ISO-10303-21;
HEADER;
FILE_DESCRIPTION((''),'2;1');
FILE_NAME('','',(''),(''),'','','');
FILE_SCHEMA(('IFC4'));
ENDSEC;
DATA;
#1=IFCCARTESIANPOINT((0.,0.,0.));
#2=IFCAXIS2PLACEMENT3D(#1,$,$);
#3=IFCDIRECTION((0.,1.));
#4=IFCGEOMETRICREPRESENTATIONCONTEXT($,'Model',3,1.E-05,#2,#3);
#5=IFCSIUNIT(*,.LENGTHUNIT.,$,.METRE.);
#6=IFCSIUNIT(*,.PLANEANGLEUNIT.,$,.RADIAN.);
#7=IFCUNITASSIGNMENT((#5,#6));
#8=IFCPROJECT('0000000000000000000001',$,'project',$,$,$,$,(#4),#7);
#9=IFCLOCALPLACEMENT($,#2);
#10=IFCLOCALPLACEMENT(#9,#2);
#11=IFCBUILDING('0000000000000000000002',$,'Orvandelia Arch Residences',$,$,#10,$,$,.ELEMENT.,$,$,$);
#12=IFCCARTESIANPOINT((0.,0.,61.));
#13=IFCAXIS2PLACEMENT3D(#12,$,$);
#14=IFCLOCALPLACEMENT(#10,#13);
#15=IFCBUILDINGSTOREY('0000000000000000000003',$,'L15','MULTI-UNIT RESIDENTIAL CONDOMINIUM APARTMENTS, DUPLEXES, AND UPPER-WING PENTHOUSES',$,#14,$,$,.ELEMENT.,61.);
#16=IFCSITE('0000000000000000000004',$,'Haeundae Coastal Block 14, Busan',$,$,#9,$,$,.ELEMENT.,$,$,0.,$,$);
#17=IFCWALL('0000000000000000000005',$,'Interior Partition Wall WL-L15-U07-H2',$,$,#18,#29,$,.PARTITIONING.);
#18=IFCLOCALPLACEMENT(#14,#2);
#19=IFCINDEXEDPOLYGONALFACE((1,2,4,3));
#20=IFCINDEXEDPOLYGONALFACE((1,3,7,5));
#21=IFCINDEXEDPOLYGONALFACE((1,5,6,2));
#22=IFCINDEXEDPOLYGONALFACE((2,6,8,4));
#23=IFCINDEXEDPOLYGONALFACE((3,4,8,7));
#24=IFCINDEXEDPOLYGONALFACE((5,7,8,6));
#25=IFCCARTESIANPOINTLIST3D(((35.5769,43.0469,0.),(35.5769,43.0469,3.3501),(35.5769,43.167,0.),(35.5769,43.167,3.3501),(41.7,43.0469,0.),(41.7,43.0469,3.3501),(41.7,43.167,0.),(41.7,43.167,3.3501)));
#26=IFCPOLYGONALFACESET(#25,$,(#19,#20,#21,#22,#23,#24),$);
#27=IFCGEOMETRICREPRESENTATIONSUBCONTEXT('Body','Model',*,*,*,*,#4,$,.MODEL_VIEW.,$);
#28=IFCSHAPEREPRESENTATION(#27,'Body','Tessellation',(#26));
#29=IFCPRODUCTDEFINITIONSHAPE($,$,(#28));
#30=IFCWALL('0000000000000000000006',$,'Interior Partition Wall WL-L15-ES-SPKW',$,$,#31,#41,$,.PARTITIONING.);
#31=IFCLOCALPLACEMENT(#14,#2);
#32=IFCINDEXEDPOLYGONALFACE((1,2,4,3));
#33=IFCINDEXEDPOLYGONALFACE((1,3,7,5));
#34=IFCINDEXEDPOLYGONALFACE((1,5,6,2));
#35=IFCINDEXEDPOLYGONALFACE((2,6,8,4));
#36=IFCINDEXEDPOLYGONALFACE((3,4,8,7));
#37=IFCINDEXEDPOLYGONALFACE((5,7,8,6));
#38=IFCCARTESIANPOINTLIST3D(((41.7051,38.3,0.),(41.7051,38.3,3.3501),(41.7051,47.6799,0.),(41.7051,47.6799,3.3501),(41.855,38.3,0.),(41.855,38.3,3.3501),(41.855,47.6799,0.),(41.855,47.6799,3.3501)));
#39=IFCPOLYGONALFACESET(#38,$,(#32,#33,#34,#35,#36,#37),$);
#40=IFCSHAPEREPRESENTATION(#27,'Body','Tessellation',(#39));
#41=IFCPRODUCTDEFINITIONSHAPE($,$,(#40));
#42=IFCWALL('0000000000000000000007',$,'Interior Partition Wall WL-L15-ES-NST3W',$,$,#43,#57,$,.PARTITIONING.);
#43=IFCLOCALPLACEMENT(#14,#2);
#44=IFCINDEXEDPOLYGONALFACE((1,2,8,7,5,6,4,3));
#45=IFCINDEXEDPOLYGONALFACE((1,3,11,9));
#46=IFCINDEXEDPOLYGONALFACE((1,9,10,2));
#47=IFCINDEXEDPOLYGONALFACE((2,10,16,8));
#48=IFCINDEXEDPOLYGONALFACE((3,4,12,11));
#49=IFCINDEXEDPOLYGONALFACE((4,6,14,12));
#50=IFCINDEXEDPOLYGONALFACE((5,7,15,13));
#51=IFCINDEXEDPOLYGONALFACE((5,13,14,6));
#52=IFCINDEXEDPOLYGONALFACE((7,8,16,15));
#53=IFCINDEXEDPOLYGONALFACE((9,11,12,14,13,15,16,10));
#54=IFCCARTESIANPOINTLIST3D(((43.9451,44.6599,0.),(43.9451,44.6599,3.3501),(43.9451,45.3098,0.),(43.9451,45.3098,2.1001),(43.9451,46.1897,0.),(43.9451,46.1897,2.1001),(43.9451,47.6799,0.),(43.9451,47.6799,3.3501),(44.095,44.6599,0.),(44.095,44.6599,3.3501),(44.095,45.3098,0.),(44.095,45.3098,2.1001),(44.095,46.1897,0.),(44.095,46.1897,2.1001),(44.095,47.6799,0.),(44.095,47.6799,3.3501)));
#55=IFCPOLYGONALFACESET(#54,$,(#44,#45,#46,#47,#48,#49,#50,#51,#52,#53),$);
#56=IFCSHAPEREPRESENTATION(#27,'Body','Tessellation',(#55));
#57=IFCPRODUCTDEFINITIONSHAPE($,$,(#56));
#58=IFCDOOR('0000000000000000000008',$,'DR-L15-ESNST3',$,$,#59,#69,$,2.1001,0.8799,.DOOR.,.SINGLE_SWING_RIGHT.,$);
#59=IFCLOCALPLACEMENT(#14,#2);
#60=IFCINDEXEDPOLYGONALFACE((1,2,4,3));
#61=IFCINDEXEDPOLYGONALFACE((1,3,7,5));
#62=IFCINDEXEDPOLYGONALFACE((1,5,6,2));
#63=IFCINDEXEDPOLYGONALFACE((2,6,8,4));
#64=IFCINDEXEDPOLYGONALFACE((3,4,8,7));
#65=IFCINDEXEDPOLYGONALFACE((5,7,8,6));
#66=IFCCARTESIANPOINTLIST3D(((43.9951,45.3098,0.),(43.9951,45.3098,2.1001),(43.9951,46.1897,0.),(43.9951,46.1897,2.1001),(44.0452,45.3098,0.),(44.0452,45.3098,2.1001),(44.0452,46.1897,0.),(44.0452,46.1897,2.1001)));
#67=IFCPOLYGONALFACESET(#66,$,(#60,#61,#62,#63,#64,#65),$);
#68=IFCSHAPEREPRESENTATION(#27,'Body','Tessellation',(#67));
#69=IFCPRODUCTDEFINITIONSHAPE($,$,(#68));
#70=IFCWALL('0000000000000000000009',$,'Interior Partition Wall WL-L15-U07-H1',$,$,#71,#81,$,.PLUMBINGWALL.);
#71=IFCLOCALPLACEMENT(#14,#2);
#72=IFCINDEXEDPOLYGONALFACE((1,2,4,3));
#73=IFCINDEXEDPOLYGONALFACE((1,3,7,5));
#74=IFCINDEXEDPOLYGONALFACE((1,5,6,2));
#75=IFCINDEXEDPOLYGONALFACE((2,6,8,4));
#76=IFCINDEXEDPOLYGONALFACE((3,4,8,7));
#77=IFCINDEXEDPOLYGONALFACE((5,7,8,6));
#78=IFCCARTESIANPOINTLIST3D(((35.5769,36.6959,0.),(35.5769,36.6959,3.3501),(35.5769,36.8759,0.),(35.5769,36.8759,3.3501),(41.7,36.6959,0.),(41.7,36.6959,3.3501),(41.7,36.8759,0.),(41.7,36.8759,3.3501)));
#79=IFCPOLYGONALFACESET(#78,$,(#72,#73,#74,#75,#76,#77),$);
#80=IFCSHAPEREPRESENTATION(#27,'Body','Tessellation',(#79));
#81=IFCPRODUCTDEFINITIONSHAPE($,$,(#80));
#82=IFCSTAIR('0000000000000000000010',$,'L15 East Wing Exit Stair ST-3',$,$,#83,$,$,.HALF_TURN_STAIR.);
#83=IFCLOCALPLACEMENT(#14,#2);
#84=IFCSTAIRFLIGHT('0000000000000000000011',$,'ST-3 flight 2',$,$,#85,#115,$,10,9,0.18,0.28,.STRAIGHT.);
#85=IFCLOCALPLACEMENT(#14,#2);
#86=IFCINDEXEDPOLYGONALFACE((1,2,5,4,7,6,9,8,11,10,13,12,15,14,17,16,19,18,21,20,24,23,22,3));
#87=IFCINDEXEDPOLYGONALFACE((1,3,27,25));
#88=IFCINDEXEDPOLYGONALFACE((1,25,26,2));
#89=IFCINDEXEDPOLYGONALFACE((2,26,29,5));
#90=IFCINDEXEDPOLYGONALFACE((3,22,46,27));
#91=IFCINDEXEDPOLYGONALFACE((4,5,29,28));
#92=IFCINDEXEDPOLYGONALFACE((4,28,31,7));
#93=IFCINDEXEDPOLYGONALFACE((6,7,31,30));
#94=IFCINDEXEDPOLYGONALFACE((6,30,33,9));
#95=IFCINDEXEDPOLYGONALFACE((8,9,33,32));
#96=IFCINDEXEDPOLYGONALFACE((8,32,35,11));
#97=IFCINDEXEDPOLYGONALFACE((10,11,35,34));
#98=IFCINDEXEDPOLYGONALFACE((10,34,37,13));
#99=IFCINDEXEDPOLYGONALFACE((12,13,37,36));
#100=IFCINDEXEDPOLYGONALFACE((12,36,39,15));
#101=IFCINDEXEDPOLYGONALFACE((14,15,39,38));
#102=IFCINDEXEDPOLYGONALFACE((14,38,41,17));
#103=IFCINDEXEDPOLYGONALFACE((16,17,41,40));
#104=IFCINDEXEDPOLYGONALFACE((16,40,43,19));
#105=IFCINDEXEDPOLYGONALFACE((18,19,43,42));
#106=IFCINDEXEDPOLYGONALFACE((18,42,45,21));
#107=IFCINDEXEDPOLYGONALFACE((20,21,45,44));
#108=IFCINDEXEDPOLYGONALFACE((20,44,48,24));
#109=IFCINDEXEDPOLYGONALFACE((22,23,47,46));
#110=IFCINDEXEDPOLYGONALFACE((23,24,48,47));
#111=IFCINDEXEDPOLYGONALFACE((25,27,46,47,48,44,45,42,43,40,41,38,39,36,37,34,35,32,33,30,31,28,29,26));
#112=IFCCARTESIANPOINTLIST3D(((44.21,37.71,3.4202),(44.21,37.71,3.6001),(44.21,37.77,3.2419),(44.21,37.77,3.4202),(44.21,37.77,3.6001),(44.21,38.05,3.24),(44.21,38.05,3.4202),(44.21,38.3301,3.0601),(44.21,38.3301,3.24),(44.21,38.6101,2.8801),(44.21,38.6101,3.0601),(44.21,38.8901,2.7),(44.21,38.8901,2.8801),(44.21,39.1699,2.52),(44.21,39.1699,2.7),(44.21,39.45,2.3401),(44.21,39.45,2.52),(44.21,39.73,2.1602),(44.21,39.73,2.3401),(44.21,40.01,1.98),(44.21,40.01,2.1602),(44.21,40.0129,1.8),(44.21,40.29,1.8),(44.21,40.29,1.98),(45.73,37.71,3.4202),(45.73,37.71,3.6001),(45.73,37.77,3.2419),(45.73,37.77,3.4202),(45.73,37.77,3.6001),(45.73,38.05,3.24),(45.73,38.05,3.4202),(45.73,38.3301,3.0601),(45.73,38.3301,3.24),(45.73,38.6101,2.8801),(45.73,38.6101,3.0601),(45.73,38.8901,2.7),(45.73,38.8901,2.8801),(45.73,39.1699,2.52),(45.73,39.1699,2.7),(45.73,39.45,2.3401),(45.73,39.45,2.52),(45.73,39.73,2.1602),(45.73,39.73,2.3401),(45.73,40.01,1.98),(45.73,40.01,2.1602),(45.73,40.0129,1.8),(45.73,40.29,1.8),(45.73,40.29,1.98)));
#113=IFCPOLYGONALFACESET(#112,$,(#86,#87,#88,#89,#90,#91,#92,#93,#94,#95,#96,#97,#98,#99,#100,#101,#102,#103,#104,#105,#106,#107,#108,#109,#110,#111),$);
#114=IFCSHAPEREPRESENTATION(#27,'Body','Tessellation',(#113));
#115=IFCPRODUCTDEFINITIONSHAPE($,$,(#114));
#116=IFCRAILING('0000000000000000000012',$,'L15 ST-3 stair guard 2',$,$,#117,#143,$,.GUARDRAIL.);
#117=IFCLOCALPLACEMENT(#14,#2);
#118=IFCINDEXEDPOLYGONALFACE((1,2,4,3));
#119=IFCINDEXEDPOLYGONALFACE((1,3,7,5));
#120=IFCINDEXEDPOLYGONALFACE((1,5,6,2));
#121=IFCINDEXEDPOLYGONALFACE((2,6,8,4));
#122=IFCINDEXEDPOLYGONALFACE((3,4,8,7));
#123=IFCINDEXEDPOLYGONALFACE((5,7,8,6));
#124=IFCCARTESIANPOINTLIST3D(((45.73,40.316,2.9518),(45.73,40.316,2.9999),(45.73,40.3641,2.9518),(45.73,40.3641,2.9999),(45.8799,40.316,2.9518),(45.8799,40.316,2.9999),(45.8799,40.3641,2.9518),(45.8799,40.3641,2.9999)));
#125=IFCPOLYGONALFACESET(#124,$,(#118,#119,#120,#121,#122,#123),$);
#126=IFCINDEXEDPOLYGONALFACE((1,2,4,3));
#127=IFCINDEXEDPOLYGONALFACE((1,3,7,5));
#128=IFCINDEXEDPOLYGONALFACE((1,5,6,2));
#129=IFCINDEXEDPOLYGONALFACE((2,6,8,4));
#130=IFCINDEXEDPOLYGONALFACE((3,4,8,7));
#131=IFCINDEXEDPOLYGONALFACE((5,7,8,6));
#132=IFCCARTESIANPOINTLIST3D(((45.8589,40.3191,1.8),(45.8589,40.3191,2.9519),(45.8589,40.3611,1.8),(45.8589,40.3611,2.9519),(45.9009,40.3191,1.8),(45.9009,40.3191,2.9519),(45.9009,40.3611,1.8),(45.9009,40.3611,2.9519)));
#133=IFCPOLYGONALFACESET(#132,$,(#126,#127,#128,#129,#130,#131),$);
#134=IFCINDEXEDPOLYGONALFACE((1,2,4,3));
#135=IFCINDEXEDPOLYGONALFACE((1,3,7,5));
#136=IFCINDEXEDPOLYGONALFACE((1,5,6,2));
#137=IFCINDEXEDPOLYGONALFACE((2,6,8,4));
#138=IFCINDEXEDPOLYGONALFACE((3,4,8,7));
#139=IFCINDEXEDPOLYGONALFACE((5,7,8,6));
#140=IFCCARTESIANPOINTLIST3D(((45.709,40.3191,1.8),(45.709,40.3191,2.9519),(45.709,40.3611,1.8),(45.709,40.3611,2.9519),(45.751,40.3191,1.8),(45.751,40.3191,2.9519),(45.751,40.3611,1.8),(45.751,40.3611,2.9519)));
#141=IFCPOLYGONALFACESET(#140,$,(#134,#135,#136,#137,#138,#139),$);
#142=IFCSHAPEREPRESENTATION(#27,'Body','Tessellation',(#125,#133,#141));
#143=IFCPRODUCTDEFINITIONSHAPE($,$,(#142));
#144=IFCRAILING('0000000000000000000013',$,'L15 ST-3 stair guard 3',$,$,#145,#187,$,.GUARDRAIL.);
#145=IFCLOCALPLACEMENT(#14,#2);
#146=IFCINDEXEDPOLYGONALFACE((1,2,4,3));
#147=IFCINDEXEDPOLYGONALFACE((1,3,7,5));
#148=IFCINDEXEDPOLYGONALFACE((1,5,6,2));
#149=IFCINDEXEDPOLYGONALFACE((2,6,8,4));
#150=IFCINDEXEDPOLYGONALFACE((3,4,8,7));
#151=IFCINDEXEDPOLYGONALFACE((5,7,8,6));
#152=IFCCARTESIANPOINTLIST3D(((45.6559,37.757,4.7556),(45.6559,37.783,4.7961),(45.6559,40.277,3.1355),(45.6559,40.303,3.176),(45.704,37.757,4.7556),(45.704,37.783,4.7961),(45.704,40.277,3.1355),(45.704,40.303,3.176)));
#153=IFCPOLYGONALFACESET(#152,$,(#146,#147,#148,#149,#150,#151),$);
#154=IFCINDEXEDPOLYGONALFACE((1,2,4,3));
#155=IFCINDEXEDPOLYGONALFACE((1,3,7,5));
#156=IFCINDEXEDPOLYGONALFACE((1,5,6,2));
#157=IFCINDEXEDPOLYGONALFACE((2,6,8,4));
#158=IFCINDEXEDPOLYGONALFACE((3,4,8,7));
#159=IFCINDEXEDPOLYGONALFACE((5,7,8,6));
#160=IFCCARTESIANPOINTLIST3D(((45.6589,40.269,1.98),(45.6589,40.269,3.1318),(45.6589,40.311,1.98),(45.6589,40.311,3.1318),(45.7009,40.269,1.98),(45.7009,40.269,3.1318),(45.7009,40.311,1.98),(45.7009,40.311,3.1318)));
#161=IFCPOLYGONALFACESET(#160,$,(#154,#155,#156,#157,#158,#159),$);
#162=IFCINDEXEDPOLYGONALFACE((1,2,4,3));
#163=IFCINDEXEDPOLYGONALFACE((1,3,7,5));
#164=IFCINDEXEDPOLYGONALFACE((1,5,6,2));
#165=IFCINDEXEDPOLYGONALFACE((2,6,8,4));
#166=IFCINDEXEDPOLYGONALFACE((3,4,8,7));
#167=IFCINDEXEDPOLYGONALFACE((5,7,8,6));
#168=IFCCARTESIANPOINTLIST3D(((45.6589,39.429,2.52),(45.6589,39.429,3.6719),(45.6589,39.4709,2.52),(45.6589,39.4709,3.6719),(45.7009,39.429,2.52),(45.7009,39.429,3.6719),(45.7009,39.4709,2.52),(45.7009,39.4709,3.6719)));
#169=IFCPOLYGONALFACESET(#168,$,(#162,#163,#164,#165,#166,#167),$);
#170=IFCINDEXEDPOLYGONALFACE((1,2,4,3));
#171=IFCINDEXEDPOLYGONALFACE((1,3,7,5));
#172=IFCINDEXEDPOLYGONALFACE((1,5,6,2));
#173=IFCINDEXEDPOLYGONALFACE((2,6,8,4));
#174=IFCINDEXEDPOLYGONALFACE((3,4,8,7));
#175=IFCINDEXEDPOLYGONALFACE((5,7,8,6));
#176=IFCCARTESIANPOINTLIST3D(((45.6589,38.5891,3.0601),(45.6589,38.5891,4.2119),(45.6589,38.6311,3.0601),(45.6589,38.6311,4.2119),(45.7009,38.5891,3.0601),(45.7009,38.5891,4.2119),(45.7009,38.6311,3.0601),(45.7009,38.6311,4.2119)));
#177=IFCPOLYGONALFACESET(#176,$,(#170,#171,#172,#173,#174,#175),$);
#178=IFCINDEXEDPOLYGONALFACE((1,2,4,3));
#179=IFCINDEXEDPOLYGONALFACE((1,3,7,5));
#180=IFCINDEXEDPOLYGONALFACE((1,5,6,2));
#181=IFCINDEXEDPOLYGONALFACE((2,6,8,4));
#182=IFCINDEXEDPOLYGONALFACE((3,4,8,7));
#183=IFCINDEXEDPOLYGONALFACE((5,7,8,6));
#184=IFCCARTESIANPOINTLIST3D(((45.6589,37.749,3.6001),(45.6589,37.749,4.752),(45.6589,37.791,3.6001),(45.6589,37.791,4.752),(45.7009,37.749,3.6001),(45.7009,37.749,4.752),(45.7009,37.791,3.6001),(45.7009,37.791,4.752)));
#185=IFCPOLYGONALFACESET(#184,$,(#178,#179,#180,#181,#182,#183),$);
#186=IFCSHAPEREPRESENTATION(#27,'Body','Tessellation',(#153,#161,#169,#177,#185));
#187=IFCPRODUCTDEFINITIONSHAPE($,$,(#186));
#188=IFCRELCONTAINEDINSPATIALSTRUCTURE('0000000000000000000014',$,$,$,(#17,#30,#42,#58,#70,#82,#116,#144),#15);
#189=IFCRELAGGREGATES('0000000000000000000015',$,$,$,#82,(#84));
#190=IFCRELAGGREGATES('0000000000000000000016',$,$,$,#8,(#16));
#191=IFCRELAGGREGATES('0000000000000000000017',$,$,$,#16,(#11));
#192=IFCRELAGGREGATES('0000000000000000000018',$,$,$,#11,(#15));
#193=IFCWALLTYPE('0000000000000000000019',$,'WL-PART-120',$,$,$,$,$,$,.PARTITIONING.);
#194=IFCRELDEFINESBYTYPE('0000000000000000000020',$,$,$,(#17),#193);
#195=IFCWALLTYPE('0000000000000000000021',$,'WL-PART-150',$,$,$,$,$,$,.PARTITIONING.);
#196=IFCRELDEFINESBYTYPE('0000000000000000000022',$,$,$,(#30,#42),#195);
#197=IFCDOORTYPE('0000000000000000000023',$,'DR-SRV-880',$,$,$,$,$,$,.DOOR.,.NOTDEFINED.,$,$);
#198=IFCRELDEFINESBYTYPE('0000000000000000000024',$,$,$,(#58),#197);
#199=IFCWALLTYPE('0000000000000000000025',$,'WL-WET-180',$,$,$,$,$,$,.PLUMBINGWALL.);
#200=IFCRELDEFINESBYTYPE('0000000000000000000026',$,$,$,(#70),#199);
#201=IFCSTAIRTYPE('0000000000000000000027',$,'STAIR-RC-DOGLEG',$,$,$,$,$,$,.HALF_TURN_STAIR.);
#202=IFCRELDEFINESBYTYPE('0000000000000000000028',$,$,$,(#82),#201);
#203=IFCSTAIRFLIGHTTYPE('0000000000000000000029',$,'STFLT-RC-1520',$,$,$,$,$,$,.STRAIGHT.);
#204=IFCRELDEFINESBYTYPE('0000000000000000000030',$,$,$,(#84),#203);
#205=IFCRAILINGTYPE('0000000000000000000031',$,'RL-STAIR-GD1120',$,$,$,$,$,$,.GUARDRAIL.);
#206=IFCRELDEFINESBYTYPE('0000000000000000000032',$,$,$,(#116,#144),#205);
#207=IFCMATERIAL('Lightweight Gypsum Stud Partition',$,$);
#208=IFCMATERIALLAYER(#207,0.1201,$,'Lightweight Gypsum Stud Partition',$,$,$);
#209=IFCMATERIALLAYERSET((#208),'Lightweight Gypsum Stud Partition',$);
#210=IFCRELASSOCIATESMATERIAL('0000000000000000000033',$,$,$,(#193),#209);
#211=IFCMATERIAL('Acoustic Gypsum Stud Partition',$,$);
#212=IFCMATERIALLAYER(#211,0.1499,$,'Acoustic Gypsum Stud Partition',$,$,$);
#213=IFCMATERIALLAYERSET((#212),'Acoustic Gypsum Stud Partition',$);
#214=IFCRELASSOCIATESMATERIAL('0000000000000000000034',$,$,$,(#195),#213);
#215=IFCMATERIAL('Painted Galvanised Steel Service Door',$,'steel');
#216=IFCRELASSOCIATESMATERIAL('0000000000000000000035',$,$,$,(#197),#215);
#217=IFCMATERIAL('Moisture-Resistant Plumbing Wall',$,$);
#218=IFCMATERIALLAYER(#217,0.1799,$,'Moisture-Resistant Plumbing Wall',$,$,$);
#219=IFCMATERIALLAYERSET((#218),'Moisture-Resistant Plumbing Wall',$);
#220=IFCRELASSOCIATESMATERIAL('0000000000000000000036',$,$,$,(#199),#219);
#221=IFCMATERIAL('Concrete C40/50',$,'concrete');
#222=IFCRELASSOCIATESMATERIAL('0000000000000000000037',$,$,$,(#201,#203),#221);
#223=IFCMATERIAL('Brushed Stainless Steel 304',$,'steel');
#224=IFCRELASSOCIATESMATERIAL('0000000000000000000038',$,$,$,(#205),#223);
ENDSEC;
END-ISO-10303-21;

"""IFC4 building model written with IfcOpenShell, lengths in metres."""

from ifc_helpers import new_model, si_unit, direction, frame, frame_2d, origin, origin_2d, place, context, subcontext, project, spatial, polyline, rectangle, outline, extrude, material, layer, layer_set, type_object, element, fill, aggregate, save


model = new_model("IFC4")

# Units and contexts
model_context = context("Model", 3, precision=1e-05, world=origin(), true_north=direction((0.0, 1.0)))
body_context = subcontext(model_context, "Body", "Model", "MODEL_VIEW")
ifc_project = project(units=[si_unit("LENGTHUNIT", "METRE"), si_unit("PLANEANGLEUNIT", "RADIAN")], contexts=[model_context])

# Site, building, storey
site_placement = place(None, origin())
site = spatial("IfcSite", under=ifc_project, at=site_placement, Name="Haeundae Coastal Block 14, Busan", CompositionType="ELEMENT", RefElevation=0.0)
building_placement = place(site_placement, origin())
building = spatial("IfcBuilding", under=site, at=building_placement, Name="Orvandelia Arch Residences", CompositionType="ELEMENT")
storey_placement = place(building_placement, frame((0.0, 0.0, 61.0)))
storey = spatial("IfcBuildingStorey", under=building, at=storey_placement, Name="L15", Description="MULTI-UNIT RESIDENTIAL CONDOMINIUM APARTMENTS, DUPLEXES, AND UPPER-WING PENTHOUSES", CompositionType="ELEMENT", Elevation=61.0)

# Walls
ifc_material_1 = material(Name="Lightweight Gypsum Stud Partition")
ifc_layer_1 = layer(ifc_material_1, 0.1201, Name="Lightweight Gypsum Stud Partition")
ifc_layer_set_1 = layer_set([ifc_layer_1], Name="Lightweight Gypsum Stud Partition")
wall_type_1 = type_object("IfcWallType", Name="WL-PART-120", PredefinedType="PARTITIONING", material=ifc_layer_set_1)
for number, where, z_axis, x_axis, name in (
    (1, (35.5769, 43.1069, 0.0), (0.0, 0.0, 1.0), (1.0, 0.0, 0.0), "Interior Partition Wall WL-L15-U07-H2"),
):
    element("IfcWall", number, at=place(storey_placement, frame(where, z_axis=z_axis, x_axis=x_axis)), inside=storey, type_object=wall_type_1, Name=name, PredefinedType="PARTITIONING", context=body_context, shape_type="SweptSolid", body=[
        extrude(rectangle(XDim=6.123, YDim=0.1201, at=frame_2d((3.0615, 0.0))), origin(), (0.0, 0.0, 1.0), 3.3501),
    ])
ifc_material_2 = material(Name="Acoustic Gypsum Stud Partition")
ifc_layer_2 = layer(ifc_material_2, 0.1499, Name="Acoustic Gypsum Stud Partition")
ifc_layer_set_2 = layer_set([ifc_layer_2], Name="Acoustic Gypsum Stud Partition")
wall_type_2 = type_object("IfcWallType", Name="WL-PART-150", PredefinedType="PARTITIONING", material=ifc_layer_set_2)
wall_1_placement = place(storey_placement, frame((41.78, 38.3, 0.0), z_axis=(0.0, 0.0, 1.0), x_axis=(0.0, 1.0, 0.0)))
element("IfcWall", 2, at=wall_1_placement, inside=storey, type_object=wall_type_2, Name="Interior Partition Wall WL-L15-ES-SPKW", PredefinedType="PARTITIONING", context=body_context, shape_type="SweptSolid", body=[
    extrude(rectangle(XDim=9.3799, YDim=0.1499, at=frame_2d((4.6899, 0.0))), origin(), (0.0, 0.0, 1.0), 3.3501),
])

# Wall, opening, door
wall_2_placement = place(storey_placement, frame((44.02, 44.6599, 0.0), z_axis=(0.0, 0.0, 1.0), x_axis=(0.0, 1.0, 0.0)))
wall_2 = element("IfcWall", 3, at=wall_2_placement, inside=storey, type_object=wall_type_2, Name="Interior Partition Wall WL-L15-ES-NST3W", PredefinedType="PARTITIONING", context=body_context, shape_type="SweptSolid", body=[
    extrude(rectangle(XDim=3.02, YDim=0.1499, at=frame_2d((1.51, 0.0))), origin(), (0.0, 0.0, 1.0), 3.3501),
])
opening_1_placement = place(wall_2_placement, frame((0.6499, 0.0, 0.0)))
opening_1 = element("IfcOpeningElement", 4, at=opening_1_placement, cuts=wall_2, PredefinedType="OPENING", context=body_context, shape_type="SweptSolid", body=[
    extrude(rectangle(XDim=0.8799, YDim=2.1001, at=frame_2d((0.4399, 1.05))), frame((0.0, 0.085, 0.0), z_axis=(0.0, -1.0, 0.0), x_axis=(1.0, 0.0, 0.0)), (0.0, 0.0, 1.0), 0.1699),
])
ifc_material_3 = material(Name="Painted Galvanised Steel Service Door", Category="steel")
door_type_1 = type_object("IfcDoorType", Name="DR-SRV-880", OperationType="NOTDEFINED", PredefinedType="DOOR", material=ifc_material_3)
door_1_placement = place(opening_1_placement, origin())
door_1 = element("IfcDoor", 5, at=door_1_placement, inside=storey, type_object=door_type_1, Name="DR-L15-ESNST3", OperationType="SINGLE_SWING_RIGHT", OverallHeight=2.1001, OverallWidth=0.8799, PredefinedType="DOOR", context=body_context, shape_type="SweptSolid", body=[
    extrude(rectangle(XDim=0.8799, YDim=2.1001, at=frame_2d((0.4399, 1.05))), frame((0.0, 0.0249, 0.0), z_axis=(0.0, -1.0, 0.0), x_axis=(1.0, 0.0, 0.0)), (0.0, 0.0, 1.0), 0.05),
])
fill(opening_1, door_1)

# Wall
ifc_material_4 = material(Name="Moisture-Resistant Plumbing Wall")
ifc_layer_3 = layer(ifc_material_4, 0.1799, Name="Moisture-Resistant Plumbing Wall")
ifc_layer_set_3 = layer_set([ifc_layer_3], Name="Moisture-Resistant Plumbing Wall")
wall_type_3 = type_object("IfcWallType", Name="WL-WET-180", PredefinedType="PLUMBINGWALL", material=ifc_layer_set_3)
wall_3_placement = place(storey_placement, frame((35.5769, 36.7859, 0.0), z_axis=(0.0, 0.0, 1.0), x_axis=(1.0, 0.0, 0.0)))
element("IfcWall", 6, at=wall_3_placement, inside=storey, type_object=wall_type_3, Name="Interior Partition Wall WL-L15-U07-H1", PredefinedType="PLUMBINGWALL", context=body_context, shape_type="SweptSolid", body=[
    extrude(rectangle(XDim=6.123, YDim=0.1799, at=frame_2d((3.0615, 0.0))), origin(), (0.0, 0.0, 1.0), 3.3501),
])

# Stair, stair flight
ifc_material_5 = material(Name="Concrete C40/50", Category="concrete")
stair_type = type_object("IfcStairType", Name="STAIR-RC-DOGLEG", PredefinedType="HALF_TURN_STAIR", material=ifc_material_5)
stair_placement = place(storey_placement, origin())
stair = element("IfcStair", 7, at=stair_placement, inside=storey, type_object=stair_type, Name="L15 East Wing Exit Stair ST-3", PredefinedType="HALF_TURN_STAIR")
stair_flight_type = type_object("IfcStairFlightType", Name="STFLT-RC-1520", PredefinedType="STRAIGHT", material=ifc_material_5)
stair_flight_placement = place(storey_placement, frame((44.97, 40.29, 1.8), z_axis=(0.0, 0.0, 1.0), x_axis=(0.0, -1.0, 0.0)))
stair_flight = element("IfcStairFlight", 8, at=stair_flight_placement, type_object=stair_flight_type, Name="ST-3 flight 2", NumberOfRisers=10, NumberOfTreads=9, PredefinedType="STRAIGHT", RiserHeight=0.18, TreadLength=0.28, context=body_context, shape_type="SweptSolid", body=[
    extrude(outline(polyline([(0.0, 0.0), (0.0, 0.1799), (0.28, 0.1799), (0.28, 0.3601), (0.5601, 0.3601), (0.5601, 0.54), (0.8401, 0.54), (0.8401, 0.72), (1.1201, 0.72), (1.1201, 0.8999), (1.3999, 0.8999), (1.3999, 1.0801), (1.6799, 1.0801), (1.6799, 1.26), (1.96, 1.26), (1.96, 1.4399), (2.24, 1.4399), (2.24, 1.6201), (2.52, 1.6201), (2.52, 1.8), (2.5801, 1.8), (2.5801, 1.6201), (2.52, 1.4419), (0.2771, 0.0), (0.0, 0.0)])), frame((0.0, 0.76, 0.0), z_axis=(0.0, -1.0, 0.0), x_axis=(1.0, 0.0, 0.0)), (0.0, 0.0, 1.0), 1.52),
])
aggregate(stair, [stair_flight])

# Railings
ifc_material_6 = material(Name="Brushed Stainless Steel 304", Category="steel")
railing_type_1 = type_object("IfcRailingType", Name="RL-STAIR-GD1120", PredefinedType="GUARDRAIL", material=ifc_material_6)
railing_1_placement = place(storey_placement, frame((45.8799, 40.3401, 1.8)))
element("IfcRailing", 9, at=railing_1_placement, inside=storey, type_object=railing_type_1, Name="L15 ST-3 stair guard 2", PredefinedType="GUARDRAIL", context=body_context, shape_type="SweptSolid", body=[
    extrude(rectangle(XDim=0.0481, YDim=0.0481, at=origin_2d()), frame((0.0, 0.0, 1.1758), z_axis=(-1.0, 0.0, 0.0), x_axis=(0.0, -1.0, 0.0)), (0.0, 0.0, 1.0), 0.1499),
    extrude(rectangle(XDim=0.042, YDim=0.042, at=origin_2d()), origin(), (0.0, 0.0, 1.0), 1.1519),
    extrude(rectangle(XDim=0.042, YDim=0.042, at=origin_2d()), frame((-0.1499, 0.0, 0.0)), (0.0, 0.0, 1.0), 1.1519),
])
railing_2_placement = place(storey_placement, frame((45.6799, 40.29, 1.98)))
element("IfcRailing", 10, at=railing_2_placement, inside=storey, type_object=railing_type_1, Name="L15 ST-3 stair guard 3", PredefinedType="GUARDRAIL", context=body_context, shape_type="SweptSolid", body=[
    extrude(rectangle(XDim=0.0481, YDim=0.0481, at=origin_2d()), frame((0.0, 0.0, 1.1758), z_axis=(0.0, -0.841163, 0.540782), x_axis=(1.0, 0.0, 0.0)), (0.0, 0.0, 1.0), 2.9958),
    extrude(rectangle(XDim=0.042, YDim=0.042, at=origin_2d()), origin(), (0.0, 0.0, 1.0), 1.1519),
    extrude(rectangle(XDim=0.042, YDim=0.042, at=origin_2d()), frame((0.0, -0.8401, 0.54)), (0.0, 0.0, 1.0), 1.1519),
    extrude(rectangle(XDim=0.042, YDim=0.042, at=origin_2d()), frame((0.0, -1.6799, 1.0801)), (0.0, 0.0, 1.0), 1.1519),
    extrude(rectangle(XDim=0.042, YDim=0.042, at=origin_2d()), frame((0.0, -2.52, 1.6201)), (0.0, 0.0, 1.0), 1.1519),
])

save(model, "model.ifc")
